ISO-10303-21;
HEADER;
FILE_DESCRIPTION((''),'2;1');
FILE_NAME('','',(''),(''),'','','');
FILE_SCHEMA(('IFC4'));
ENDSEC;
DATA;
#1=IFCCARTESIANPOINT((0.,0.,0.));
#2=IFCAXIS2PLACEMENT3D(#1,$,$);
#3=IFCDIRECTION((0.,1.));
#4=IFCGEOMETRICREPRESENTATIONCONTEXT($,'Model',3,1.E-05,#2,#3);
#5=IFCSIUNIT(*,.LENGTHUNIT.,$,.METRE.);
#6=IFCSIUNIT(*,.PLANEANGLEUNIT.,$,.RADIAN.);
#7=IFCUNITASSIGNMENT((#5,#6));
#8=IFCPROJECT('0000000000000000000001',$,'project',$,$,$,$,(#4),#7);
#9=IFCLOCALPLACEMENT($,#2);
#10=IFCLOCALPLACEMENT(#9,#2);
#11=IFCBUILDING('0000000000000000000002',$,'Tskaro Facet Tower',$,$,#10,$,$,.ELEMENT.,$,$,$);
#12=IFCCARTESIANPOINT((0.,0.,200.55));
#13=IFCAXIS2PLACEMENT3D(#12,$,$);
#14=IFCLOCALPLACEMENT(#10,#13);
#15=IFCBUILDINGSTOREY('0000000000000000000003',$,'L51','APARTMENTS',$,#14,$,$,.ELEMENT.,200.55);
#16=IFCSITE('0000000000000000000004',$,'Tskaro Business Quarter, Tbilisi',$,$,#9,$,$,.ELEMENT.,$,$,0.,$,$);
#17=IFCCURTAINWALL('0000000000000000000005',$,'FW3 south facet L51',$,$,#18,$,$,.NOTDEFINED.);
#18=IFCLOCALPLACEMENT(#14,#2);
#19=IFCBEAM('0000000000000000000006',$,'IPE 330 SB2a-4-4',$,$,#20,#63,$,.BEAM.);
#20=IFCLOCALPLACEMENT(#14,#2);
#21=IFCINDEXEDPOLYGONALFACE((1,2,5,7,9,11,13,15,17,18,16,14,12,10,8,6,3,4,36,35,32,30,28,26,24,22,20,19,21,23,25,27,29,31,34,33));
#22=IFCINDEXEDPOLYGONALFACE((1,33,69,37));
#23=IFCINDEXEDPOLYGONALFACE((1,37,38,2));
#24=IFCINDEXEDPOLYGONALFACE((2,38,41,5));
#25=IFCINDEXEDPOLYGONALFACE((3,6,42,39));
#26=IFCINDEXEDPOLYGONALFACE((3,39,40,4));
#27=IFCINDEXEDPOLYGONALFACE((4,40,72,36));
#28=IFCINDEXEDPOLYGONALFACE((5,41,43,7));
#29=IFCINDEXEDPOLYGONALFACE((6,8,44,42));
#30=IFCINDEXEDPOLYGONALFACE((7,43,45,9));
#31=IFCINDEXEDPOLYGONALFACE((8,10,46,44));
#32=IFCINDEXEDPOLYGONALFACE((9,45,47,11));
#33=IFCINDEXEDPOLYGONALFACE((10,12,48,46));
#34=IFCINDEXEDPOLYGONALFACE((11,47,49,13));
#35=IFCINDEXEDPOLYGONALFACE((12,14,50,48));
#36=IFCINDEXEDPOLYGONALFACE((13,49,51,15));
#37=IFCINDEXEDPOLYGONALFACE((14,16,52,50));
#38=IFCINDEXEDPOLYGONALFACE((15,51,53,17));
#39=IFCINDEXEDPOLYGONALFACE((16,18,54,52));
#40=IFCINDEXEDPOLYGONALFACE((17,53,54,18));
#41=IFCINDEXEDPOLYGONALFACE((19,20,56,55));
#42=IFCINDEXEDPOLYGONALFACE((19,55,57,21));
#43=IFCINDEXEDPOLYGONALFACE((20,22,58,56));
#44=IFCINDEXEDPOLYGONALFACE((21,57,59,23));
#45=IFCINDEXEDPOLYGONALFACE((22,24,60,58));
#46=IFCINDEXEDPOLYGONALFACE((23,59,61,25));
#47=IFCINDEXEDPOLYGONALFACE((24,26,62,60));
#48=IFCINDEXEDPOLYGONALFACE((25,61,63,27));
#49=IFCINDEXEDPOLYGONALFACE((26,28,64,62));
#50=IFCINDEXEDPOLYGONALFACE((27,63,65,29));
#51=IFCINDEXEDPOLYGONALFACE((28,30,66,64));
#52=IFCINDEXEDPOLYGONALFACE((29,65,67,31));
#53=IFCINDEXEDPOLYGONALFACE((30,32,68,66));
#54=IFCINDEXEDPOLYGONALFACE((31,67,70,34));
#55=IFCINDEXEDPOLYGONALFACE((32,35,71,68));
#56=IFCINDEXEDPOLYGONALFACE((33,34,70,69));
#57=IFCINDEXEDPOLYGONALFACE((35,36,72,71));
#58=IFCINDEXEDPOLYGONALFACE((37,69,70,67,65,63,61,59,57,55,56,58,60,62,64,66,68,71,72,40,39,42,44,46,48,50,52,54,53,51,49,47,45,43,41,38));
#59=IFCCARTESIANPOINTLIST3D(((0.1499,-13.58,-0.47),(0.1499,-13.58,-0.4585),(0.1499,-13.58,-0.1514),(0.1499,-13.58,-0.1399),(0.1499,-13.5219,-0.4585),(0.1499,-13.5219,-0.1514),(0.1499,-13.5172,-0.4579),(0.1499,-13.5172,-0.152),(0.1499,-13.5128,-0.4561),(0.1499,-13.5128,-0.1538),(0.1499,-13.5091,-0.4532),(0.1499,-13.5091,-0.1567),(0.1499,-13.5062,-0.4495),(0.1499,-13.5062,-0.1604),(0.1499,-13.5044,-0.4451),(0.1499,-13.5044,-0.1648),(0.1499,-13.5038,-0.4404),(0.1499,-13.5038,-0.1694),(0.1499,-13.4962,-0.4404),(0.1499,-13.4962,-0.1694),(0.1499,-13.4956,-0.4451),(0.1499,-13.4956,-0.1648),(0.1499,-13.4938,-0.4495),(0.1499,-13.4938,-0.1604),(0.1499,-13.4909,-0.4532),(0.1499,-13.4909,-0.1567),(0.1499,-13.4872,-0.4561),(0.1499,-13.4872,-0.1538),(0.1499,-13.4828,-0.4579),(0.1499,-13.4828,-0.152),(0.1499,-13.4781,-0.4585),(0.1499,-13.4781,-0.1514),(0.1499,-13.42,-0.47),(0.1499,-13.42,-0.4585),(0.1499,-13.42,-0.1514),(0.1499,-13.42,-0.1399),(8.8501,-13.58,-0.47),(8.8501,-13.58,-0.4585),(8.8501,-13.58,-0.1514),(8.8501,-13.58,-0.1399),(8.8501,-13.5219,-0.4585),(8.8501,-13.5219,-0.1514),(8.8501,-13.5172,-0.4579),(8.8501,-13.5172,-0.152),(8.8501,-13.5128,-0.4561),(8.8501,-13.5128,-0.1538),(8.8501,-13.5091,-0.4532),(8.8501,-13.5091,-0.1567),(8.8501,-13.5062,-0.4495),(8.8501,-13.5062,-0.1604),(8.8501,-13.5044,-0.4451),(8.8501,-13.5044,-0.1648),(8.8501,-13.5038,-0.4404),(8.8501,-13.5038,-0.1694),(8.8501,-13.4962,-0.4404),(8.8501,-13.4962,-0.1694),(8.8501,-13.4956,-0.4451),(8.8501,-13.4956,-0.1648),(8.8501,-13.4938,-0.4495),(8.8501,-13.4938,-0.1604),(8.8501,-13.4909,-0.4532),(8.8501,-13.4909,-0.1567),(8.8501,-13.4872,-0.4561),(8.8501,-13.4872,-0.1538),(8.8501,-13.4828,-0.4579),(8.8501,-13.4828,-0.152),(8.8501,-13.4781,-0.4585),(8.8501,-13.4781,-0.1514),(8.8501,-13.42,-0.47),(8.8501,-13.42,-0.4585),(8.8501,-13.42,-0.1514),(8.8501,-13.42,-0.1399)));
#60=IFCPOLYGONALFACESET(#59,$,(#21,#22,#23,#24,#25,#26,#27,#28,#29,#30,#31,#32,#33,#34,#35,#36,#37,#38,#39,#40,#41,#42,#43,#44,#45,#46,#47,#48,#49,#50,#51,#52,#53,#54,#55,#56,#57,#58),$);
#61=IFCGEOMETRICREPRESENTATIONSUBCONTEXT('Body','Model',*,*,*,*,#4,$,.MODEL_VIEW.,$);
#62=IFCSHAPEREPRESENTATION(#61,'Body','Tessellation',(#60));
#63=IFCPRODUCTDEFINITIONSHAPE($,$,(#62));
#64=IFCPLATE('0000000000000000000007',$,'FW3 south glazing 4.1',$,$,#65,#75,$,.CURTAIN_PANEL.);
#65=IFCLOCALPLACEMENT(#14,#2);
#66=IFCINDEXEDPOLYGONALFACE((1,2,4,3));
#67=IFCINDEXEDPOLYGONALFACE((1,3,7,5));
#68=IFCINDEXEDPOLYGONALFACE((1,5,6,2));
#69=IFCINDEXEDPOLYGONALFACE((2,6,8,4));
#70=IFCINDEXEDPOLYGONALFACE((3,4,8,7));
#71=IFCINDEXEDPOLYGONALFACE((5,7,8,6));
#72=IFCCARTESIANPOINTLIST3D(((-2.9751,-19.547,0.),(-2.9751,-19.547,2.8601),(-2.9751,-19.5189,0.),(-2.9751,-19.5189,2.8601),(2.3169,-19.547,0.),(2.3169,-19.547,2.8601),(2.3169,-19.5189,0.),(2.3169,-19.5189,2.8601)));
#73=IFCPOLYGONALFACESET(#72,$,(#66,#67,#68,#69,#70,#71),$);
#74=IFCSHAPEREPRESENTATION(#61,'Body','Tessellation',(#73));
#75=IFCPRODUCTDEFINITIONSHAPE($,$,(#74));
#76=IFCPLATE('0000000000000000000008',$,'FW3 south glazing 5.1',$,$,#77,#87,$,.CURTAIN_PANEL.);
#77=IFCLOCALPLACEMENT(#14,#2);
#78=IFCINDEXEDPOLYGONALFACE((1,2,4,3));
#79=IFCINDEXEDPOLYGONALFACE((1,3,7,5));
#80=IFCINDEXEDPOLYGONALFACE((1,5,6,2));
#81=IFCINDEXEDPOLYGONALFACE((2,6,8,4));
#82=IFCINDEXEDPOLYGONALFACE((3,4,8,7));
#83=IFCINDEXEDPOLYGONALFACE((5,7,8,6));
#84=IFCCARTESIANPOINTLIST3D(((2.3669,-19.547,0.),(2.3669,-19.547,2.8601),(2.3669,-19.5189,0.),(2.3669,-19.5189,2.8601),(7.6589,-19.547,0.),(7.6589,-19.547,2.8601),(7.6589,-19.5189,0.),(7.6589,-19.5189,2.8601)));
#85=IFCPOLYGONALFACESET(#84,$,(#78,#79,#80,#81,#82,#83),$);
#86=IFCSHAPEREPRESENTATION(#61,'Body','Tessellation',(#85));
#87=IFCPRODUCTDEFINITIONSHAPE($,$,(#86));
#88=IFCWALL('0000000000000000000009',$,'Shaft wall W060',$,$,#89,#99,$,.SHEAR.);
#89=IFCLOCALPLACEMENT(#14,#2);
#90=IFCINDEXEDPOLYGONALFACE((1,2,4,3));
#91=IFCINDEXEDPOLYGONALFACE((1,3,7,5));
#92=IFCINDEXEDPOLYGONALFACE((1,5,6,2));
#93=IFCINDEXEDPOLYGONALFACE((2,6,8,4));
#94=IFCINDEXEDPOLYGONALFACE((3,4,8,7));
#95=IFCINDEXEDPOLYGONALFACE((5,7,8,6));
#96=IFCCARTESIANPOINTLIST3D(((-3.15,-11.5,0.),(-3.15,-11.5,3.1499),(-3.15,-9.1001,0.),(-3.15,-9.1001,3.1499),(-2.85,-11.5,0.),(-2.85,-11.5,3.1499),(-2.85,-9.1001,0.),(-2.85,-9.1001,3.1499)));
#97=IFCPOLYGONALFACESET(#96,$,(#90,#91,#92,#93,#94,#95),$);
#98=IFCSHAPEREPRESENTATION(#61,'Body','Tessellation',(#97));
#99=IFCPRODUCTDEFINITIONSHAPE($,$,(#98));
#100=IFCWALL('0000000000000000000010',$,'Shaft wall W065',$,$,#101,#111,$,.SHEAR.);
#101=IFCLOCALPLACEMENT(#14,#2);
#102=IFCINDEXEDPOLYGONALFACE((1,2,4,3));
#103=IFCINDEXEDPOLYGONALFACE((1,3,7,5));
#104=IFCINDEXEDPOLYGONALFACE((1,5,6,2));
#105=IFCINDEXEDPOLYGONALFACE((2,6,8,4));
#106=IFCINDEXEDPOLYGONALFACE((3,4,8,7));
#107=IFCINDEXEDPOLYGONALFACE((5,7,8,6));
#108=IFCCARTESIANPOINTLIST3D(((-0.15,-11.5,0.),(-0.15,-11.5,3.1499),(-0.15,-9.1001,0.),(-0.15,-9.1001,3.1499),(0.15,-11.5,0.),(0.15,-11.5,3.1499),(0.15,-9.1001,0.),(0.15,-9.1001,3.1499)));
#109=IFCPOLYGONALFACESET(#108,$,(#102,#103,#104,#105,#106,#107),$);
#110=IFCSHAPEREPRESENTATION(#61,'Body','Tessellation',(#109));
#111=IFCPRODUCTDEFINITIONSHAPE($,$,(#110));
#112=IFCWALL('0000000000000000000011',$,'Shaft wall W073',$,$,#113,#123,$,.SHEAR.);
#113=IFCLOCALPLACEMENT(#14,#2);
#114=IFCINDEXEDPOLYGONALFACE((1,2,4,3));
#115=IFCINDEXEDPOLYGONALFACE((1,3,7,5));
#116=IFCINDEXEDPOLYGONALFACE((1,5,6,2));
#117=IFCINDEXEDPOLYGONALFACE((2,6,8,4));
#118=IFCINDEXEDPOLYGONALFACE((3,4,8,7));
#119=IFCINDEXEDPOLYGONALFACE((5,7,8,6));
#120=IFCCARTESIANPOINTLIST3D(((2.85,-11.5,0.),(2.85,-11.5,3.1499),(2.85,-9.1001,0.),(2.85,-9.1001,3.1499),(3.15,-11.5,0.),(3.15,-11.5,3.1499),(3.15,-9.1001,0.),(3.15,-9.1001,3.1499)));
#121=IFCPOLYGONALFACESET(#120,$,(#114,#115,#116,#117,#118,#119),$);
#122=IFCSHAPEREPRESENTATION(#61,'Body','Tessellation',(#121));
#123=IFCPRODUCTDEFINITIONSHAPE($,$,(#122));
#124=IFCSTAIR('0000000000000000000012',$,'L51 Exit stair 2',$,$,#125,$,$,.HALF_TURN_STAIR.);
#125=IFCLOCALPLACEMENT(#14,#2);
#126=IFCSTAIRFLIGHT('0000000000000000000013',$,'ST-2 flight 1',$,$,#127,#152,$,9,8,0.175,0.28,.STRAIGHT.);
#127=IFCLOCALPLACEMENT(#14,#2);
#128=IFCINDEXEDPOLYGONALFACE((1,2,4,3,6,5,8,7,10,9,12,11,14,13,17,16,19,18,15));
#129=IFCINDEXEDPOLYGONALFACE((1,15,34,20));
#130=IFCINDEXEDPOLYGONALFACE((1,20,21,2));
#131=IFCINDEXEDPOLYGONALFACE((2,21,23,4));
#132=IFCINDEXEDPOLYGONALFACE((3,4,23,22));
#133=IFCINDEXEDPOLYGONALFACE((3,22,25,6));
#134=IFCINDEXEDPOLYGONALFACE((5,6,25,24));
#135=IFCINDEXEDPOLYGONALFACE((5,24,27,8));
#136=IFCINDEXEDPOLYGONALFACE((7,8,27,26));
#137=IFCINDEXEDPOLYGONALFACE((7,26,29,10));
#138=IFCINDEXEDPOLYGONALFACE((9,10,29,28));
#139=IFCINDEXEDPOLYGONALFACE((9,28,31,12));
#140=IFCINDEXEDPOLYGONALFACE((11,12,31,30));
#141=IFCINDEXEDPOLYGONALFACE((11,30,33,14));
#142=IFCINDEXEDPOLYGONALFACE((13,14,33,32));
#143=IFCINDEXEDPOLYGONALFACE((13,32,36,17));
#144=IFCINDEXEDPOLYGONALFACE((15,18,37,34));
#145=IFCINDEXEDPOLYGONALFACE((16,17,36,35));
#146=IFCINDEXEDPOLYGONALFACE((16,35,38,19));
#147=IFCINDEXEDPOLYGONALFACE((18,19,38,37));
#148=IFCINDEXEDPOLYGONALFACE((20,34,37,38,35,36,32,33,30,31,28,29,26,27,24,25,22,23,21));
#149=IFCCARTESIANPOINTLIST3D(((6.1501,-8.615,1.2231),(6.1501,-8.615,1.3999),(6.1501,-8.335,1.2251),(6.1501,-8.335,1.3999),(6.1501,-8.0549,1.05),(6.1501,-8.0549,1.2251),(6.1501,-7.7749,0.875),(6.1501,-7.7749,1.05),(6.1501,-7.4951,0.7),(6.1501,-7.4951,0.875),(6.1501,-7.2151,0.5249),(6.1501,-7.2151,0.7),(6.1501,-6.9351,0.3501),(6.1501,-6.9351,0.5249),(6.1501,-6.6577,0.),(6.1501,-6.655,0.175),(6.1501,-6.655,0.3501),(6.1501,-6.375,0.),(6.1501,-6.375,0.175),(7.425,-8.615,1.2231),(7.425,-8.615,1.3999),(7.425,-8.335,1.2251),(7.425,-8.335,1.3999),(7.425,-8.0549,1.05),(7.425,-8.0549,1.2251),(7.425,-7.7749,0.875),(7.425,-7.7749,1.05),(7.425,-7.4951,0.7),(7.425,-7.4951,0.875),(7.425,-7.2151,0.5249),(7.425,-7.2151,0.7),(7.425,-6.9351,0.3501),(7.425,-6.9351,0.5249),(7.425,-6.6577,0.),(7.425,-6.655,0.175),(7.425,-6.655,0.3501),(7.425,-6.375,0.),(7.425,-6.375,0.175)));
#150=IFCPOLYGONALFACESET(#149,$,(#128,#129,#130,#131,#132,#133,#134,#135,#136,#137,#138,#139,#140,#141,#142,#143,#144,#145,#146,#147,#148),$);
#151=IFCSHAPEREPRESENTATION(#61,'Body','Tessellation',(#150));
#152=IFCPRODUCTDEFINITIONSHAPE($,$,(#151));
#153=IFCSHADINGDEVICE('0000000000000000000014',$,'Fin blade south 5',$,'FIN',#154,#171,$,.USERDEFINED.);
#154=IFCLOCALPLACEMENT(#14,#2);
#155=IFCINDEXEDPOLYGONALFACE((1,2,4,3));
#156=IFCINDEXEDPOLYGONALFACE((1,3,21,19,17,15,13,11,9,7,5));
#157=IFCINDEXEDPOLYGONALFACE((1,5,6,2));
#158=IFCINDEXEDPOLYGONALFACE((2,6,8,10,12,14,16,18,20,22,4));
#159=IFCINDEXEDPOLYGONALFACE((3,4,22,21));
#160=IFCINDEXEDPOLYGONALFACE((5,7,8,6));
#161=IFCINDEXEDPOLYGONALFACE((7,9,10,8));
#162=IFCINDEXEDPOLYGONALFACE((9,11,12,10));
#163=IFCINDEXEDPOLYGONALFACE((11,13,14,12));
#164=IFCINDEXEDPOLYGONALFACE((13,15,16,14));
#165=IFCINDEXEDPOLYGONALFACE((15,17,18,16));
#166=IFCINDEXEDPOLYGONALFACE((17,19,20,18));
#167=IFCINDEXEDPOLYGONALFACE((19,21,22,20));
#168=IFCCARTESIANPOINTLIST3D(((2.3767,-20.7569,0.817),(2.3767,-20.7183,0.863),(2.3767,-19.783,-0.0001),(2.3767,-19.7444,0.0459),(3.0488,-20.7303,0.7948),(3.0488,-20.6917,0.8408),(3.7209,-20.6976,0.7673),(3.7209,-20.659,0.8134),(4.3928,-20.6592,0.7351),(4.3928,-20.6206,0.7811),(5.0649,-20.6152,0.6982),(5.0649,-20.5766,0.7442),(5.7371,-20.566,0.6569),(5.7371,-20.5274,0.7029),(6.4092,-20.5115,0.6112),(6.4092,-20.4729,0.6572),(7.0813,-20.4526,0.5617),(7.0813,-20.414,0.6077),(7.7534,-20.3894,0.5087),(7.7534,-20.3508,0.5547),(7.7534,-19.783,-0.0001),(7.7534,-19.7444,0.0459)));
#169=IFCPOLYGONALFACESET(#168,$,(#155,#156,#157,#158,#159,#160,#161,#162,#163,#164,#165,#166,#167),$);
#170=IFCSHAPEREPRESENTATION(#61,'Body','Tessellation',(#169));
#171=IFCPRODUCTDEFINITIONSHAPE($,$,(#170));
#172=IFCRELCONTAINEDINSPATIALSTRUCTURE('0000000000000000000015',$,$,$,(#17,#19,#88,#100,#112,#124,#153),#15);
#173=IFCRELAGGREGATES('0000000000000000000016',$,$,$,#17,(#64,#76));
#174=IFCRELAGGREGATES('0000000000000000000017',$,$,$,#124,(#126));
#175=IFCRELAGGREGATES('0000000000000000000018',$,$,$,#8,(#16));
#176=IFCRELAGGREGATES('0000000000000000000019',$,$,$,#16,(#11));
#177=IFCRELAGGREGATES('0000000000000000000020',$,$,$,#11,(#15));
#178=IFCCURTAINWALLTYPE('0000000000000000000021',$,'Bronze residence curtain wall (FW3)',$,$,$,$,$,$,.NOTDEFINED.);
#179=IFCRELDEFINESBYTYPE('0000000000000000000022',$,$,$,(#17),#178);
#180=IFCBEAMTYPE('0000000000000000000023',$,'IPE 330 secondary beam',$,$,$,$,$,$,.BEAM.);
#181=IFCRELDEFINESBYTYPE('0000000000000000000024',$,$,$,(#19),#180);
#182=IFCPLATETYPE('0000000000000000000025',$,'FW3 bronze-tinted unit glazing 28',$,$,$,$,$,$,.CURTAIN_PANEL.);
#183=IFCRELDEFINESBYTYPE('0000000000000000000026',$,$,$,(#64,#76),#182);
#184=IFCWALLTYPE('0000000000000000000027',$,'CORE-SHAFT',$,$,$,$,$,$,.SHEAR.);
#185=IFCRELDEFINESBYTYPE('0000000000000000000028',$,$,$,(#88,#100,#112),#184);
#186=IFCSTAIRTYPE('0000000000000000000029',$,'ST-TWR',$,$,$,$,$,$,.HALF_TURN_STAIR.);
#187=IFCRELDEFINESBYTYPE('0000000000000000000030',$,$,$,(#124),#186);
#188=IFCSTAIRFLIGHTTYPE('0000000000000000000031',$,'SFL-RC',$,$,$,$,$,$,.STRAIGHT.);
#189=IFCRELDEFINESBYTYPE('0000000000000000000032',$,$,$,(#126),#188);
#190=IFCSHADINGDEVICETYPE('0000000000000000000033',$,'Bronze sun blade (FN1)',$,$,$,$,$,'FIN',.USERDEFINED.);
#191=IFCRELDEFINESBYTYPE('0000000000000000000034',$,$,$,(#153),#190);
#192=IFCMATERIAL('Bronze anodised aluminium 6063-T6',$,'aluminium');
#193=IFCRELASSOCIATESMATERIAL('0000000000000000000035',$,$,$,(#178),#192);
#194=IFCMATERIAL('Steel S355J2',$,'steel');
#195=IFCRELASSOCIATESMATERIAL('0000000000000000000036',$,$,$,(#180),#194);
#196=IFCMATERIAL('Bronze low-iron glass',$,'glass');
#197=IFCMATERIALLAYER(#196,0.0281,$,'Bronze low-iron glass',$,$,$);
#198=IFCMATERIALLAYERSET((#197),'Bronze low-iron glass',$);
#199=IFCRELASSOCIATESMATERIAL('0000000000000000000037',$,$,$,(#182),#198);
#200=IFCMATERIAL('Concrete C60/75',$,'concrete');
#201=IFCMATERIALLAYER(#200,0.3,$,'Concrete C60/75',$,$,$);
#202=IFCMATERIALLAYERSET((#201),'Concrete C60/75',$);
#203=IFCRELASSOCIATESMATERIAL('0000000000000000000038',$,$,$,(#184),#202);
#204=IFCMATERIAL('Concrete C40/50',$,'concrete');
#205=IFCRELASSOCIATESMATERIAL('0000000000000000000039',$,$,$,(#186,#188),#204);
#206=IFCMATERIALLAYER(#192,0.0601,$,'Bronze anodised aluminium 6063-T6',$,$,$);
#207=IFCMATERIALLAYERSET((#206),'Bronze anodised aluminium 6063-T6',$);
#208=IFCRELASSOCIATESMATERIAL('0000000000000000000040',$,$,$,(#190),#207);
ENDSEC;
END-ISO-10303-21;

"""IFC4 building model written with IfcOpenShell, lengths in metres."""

from ifc_helpers import new_model, si_unit, direction, frame, frame_2d, origin, origin_2d, place, context, subcontext, project, spatial, polyline, rectangle, i_section, outline, extrude, material, layer, layer_set, material_profile, profile_set, type_object, element, aggregate, save


model = new_model("IFC4")

# Units and contexts
model_context = context("Model", 3, precision=1e-05, world=origin(), true_north=direction((0.0, 1.0)))
body_context = subcontext(model_context, "Body", "Model", "MODEL_VIEW")
ifc_project = project(units=[si_unit("LENGTHUNIT", "METRE"), si_unit("PLANEANGLEUNIT", "RADIAN")], contexts=[model_context])

# Site, building, storey
site_placement = place(None, origin())
site = spatial("IfcSite", under=ifc_project, at=site_placement, Name="Tskaro Business Quarter, Tbilisi", CompositionType="ELEMENT", RefElevation=0.0)
building_placement = place(site_placement, origin())
building = spatial("IfcBuilding", under=site, at=building_placement, Name="Tskaro Facet Tower", CompositionType="ELEMENT")
storey_placement = place(building_placement, frame((0.0, 0.0, 200.55)))
storey = spatial("IfcBuildingStorey", under=building, at=storey_placement, Name="L51", Description="APARTMENTS", CompositionType="ELEMENT", Elevation=200.55)

# Curtain wall
ifc_material_1 = material(Name="Bronze anodised aluminium 6063-T6", Category="aluminium")
curtain_wall_type = type_object("IfcCurtainWallType", Name="Bronze residence curtain wall (FW3)", PredefinedType="NOTDEFINED", material=ifc_material_1)
curtain_wall_placement = place(storey_placement, origin())
curtain_wall = element("IfcCurtainWall", 1, at=curtain_wall_placement, inside=storey, type_object=curtain_wall_type, Name="FW3 south facet L51", PredefinedType="NOTDEFINED")

# Beam
ifc_material_2 = material(Name="Steel S355J2", Category="steel")
ifc_material_profile_1 = material_profile(ifc_material_2, i_section(OverallWidth=0.1599, OverallDepth=0.3301, WebThickness=0.0076, FlangeThickness=0.0115, FilletRadius=0.0181, at=origin_2d()), Name="IPE 330")
ifc_profile_set_1 = profile_set([ifc_material_profile_1], Name="Steel S355J2")
beam_type_1 = type_object("IfcBeamType", Name="IPE 330 secondary beam", PredefinedType="BEAM", material=ifc_profile_set_1)
beam_1_placement = place(storey_placement, frame((0.1499, -13.5, -0.3049), z_axis=(1.0, 0.0, 0.0), x_axis=(0.0, 1.0, 0.0)))
element("IfcBeam", 2, at=beam_1_placement, inside=storey, type_object=beam_type_1, Name="IPE 330 SB2a-4-4", PredefinedType="BEAM", context=body_context, shape_type="SweptSolid", body=[
    extrude(i_section(OverallWidth=0.1599, OverallDepth=0.3301, WebThickness=0.0076, FlangeThickness=0.0115, FilletRadius=0.0181, at=origin_2d()), origin(), (0.0, 0.0, 1.0), 8.7002),
])

# Plates
ifc_material_3 = material(Name="Bronze low-iron glass", Category="glass")
ifc_layer_1 = layer(ifc_material_3, 0.0281, Name="Bronze low-iron glass")
ifc_layer_set_1 = layer_set([ifc_layer_1], Name="Bronze low-iron glass")
plate_type = type_object("IfcPlateType", Name="FW3 bronze-tinted unit glazing 28", PredefinedType="CURTAIN_PANEL", material=ifc_layer_set_1)
plate_1_placement = place(storey_placement, frame((-0.3291, -19.533, 0.0), z_axis=(0.0, 0.0, 1.0), x_axis=(1.0, 0.0, 0.0)))
plate_1 = element("IfcPlate", 3, at=plate_1_placement, type_object=plate_type, Name="FW3 south glazing 4.1", PredefinedType="CURTAIN_PANEL", context=body_context, shape_type="SweptSolid", body=[
    extrude(rectangle(XDim=5.292, YDim=0.0281, at=origin_2d()), origin(), (0.0, 0.0, 1.0), 2.8601),
])
plate_2_placement = place(storey_placement, frame((5.0129, -19.533, 0.0), z_axis=(0.0, 0.0, 1.0), x_axis=(1.0, 0.0, 0.0)))
plate_2 = element("IfcPlate", 4, at=plate_2_placement, type_object=plate_type, Name="FW3 south glazing 5.1", PredefinedType="CURTAIN_PANEL", context=body_context, shape_type="SweptSolid", body=[
    extrude(rectangle(XDim=5.292, YDim=0.0281, at=origin_2d()), origin(), (0.0, 0.0, 1.0), 2.8601),
])
aggregate(curtain_wall, [plate_1, plate_2])

# Walls
ifc_material_4 = material(Name="Concrete C60/75", Category="concrete")
ifc_layer_2 = layer(ifc_material_4, 0.3, Name="Concrete C60/75")
ifc_layer_set_2 = layer_set([ifc_layer_2], Name="Concrete C60/75")
wall_type = type_object("IfcWallType", Name="CORE-SHAFT", PredefinedType="SHEAR", material=ifc_layer_set_2)
for number, where, z_axis, x_axis, name in (
    (5, (-3.0, -11.5, 0.0), (0.0, 0.0, 1.0), (0.0, 1.0, 0.0), "Shaft wall W060"),
    (6, (0.0, -11.5, 0.0), (0.0, 0.0, 1.0), (0.0, 1.0, 0.0), "Shaft wall W065"),
    (7, (3.0, -11.5, 0.0), (0.0, 0.0, 1.0), (0.0, 1.0, 0.0), "Shaft wall W073"),
):
    element("IfcWall", number, at=place(storey_placement, frame(where, z_axis=z_axis, x_axis=x_axis)), inside=storey, type_object=wall_type, Name=name, PredefinedType="SHEAR", context=body_context, shape_type="SweptSolid", body=[
        extrude(rectangle(XDim=2.3999, YDim=0.3, at=frame_2d((1.2, 0.0))), origin(), (0.0, 0.0, 1.0), 3.1499),
    ])

# Stair, stair flight
ifc_material_5 = material(Name="Concrete C40/50", Category="concrete")
stair_type = type_object("IfcStairType", Name="ST-TWR", PredefinedType="HALF_TURN_STAIR", material=ifc_material_5)
stair_placement = place(storey_placement, origin())
stair = element("IfcStair", 8, at=stair_placement, inside=storey, type_object=stair_type, Name="L51 Exit stair 2", PredefinedType="HALF_TURN_STAIR")
stair_flight_type = type_object("IfcStairFlightType", Name="SFL-RC", PredefinedType="STRAIGHT", material=ifc_material_5)
stair_flight_placement = place(storey_placement, frame((6.7876, -6.375, 0.0), z_axis=(0.0, 0.0, 1.0), x_axis=(0.0, -1.0, 0.0)))
stair_flight = element("IfcStairFlight", 9, at=stair_flight_placement, type_object=stair_flight_type, Name="ST-2 flight 1", NumberOfRisers=9, NumberOfTreads=8, PredefinedType="STRAIGHT", RiserHeight=0.175, TreadLength=0.28, context=body_context, shape_type="SweptSolid", body=[
    extrude(outline(polyline([(0.0, 0.0), (0.0, 0.175), (0.28, 0.175), (0.28, 0.3501), (0.5601, 0.3501), (0.5601, 0.5249), (0.8401, 0.5249), (0.8401, 0.7), (1.1201, 0.7), (1.1201, 0.875), (1.3999, 0.875), (1.3999, 1.05), (1.6799, 1.05), (1.6799, 1.2251), (1.96, 1.2251), (1.96, 1.3999), (2.24, 1.3999), (2.24, 1.575), (2.24, 1.2231), (0.2827, 0.0), (0.0, 0.0)])), frame((0.0, 0.6375, 0.0), z_axis=(0.0, -1.0, 0.0), x_axis=(1.0, 0.0, 0.0)), (0.0, 0.0, 1.0), 1.2749),
])
aggregate(stair, [stair_flight])

# Shading device
ifc_layer_3 = layer(ifc_material_1, 0.0601, Name="Bronze anodised aluminium 6063-T6")
ifc_layer_set_3 = layer_set([ifc_layer_3], Name="Bronze anodised aluminium 6063-T6")
shading_device_type = type_object("IfcShadingDeviceType", Name="Bronze sun blade (FN1)", ElementType="FIN", PredefinedType="USERDEFINED", material=ifc_layer_set_3)
shading_device_placement = place(storey_placement, frame((2.3767, -19.7444, 0.0459), z_axis=(0.000003, 0.642775, 0.766055), x_axis=(1.0, -0.000002, -0.000002)))
element("IfcShadingDevice", 10, at=shading_device_placement, inside=storey, type_object=shading_device_type, Name="Fin blade south 5", ObjectType="FIN", PredefinedType="USERDEFINED", context=body_context, shape_type="SweptSolid", body=[
    extrude(outline(polyline([(0.0, 0.0), (5.3767, 0.0), (5.3767, -0.7916), (4.7046, -0.8741), (4.0325, -0.951), (3.3604, -1.0221), (2.6882, -1.0864), (2.0161, -1.1437), (1.3442, -1.194), (0.6721, -1.2366), (0.0, -1.2713), (0.0, 0.0)])), origin(), (0.0, 0.0, -1.0), 0.0601),
])

save(model, "model.ifc")
